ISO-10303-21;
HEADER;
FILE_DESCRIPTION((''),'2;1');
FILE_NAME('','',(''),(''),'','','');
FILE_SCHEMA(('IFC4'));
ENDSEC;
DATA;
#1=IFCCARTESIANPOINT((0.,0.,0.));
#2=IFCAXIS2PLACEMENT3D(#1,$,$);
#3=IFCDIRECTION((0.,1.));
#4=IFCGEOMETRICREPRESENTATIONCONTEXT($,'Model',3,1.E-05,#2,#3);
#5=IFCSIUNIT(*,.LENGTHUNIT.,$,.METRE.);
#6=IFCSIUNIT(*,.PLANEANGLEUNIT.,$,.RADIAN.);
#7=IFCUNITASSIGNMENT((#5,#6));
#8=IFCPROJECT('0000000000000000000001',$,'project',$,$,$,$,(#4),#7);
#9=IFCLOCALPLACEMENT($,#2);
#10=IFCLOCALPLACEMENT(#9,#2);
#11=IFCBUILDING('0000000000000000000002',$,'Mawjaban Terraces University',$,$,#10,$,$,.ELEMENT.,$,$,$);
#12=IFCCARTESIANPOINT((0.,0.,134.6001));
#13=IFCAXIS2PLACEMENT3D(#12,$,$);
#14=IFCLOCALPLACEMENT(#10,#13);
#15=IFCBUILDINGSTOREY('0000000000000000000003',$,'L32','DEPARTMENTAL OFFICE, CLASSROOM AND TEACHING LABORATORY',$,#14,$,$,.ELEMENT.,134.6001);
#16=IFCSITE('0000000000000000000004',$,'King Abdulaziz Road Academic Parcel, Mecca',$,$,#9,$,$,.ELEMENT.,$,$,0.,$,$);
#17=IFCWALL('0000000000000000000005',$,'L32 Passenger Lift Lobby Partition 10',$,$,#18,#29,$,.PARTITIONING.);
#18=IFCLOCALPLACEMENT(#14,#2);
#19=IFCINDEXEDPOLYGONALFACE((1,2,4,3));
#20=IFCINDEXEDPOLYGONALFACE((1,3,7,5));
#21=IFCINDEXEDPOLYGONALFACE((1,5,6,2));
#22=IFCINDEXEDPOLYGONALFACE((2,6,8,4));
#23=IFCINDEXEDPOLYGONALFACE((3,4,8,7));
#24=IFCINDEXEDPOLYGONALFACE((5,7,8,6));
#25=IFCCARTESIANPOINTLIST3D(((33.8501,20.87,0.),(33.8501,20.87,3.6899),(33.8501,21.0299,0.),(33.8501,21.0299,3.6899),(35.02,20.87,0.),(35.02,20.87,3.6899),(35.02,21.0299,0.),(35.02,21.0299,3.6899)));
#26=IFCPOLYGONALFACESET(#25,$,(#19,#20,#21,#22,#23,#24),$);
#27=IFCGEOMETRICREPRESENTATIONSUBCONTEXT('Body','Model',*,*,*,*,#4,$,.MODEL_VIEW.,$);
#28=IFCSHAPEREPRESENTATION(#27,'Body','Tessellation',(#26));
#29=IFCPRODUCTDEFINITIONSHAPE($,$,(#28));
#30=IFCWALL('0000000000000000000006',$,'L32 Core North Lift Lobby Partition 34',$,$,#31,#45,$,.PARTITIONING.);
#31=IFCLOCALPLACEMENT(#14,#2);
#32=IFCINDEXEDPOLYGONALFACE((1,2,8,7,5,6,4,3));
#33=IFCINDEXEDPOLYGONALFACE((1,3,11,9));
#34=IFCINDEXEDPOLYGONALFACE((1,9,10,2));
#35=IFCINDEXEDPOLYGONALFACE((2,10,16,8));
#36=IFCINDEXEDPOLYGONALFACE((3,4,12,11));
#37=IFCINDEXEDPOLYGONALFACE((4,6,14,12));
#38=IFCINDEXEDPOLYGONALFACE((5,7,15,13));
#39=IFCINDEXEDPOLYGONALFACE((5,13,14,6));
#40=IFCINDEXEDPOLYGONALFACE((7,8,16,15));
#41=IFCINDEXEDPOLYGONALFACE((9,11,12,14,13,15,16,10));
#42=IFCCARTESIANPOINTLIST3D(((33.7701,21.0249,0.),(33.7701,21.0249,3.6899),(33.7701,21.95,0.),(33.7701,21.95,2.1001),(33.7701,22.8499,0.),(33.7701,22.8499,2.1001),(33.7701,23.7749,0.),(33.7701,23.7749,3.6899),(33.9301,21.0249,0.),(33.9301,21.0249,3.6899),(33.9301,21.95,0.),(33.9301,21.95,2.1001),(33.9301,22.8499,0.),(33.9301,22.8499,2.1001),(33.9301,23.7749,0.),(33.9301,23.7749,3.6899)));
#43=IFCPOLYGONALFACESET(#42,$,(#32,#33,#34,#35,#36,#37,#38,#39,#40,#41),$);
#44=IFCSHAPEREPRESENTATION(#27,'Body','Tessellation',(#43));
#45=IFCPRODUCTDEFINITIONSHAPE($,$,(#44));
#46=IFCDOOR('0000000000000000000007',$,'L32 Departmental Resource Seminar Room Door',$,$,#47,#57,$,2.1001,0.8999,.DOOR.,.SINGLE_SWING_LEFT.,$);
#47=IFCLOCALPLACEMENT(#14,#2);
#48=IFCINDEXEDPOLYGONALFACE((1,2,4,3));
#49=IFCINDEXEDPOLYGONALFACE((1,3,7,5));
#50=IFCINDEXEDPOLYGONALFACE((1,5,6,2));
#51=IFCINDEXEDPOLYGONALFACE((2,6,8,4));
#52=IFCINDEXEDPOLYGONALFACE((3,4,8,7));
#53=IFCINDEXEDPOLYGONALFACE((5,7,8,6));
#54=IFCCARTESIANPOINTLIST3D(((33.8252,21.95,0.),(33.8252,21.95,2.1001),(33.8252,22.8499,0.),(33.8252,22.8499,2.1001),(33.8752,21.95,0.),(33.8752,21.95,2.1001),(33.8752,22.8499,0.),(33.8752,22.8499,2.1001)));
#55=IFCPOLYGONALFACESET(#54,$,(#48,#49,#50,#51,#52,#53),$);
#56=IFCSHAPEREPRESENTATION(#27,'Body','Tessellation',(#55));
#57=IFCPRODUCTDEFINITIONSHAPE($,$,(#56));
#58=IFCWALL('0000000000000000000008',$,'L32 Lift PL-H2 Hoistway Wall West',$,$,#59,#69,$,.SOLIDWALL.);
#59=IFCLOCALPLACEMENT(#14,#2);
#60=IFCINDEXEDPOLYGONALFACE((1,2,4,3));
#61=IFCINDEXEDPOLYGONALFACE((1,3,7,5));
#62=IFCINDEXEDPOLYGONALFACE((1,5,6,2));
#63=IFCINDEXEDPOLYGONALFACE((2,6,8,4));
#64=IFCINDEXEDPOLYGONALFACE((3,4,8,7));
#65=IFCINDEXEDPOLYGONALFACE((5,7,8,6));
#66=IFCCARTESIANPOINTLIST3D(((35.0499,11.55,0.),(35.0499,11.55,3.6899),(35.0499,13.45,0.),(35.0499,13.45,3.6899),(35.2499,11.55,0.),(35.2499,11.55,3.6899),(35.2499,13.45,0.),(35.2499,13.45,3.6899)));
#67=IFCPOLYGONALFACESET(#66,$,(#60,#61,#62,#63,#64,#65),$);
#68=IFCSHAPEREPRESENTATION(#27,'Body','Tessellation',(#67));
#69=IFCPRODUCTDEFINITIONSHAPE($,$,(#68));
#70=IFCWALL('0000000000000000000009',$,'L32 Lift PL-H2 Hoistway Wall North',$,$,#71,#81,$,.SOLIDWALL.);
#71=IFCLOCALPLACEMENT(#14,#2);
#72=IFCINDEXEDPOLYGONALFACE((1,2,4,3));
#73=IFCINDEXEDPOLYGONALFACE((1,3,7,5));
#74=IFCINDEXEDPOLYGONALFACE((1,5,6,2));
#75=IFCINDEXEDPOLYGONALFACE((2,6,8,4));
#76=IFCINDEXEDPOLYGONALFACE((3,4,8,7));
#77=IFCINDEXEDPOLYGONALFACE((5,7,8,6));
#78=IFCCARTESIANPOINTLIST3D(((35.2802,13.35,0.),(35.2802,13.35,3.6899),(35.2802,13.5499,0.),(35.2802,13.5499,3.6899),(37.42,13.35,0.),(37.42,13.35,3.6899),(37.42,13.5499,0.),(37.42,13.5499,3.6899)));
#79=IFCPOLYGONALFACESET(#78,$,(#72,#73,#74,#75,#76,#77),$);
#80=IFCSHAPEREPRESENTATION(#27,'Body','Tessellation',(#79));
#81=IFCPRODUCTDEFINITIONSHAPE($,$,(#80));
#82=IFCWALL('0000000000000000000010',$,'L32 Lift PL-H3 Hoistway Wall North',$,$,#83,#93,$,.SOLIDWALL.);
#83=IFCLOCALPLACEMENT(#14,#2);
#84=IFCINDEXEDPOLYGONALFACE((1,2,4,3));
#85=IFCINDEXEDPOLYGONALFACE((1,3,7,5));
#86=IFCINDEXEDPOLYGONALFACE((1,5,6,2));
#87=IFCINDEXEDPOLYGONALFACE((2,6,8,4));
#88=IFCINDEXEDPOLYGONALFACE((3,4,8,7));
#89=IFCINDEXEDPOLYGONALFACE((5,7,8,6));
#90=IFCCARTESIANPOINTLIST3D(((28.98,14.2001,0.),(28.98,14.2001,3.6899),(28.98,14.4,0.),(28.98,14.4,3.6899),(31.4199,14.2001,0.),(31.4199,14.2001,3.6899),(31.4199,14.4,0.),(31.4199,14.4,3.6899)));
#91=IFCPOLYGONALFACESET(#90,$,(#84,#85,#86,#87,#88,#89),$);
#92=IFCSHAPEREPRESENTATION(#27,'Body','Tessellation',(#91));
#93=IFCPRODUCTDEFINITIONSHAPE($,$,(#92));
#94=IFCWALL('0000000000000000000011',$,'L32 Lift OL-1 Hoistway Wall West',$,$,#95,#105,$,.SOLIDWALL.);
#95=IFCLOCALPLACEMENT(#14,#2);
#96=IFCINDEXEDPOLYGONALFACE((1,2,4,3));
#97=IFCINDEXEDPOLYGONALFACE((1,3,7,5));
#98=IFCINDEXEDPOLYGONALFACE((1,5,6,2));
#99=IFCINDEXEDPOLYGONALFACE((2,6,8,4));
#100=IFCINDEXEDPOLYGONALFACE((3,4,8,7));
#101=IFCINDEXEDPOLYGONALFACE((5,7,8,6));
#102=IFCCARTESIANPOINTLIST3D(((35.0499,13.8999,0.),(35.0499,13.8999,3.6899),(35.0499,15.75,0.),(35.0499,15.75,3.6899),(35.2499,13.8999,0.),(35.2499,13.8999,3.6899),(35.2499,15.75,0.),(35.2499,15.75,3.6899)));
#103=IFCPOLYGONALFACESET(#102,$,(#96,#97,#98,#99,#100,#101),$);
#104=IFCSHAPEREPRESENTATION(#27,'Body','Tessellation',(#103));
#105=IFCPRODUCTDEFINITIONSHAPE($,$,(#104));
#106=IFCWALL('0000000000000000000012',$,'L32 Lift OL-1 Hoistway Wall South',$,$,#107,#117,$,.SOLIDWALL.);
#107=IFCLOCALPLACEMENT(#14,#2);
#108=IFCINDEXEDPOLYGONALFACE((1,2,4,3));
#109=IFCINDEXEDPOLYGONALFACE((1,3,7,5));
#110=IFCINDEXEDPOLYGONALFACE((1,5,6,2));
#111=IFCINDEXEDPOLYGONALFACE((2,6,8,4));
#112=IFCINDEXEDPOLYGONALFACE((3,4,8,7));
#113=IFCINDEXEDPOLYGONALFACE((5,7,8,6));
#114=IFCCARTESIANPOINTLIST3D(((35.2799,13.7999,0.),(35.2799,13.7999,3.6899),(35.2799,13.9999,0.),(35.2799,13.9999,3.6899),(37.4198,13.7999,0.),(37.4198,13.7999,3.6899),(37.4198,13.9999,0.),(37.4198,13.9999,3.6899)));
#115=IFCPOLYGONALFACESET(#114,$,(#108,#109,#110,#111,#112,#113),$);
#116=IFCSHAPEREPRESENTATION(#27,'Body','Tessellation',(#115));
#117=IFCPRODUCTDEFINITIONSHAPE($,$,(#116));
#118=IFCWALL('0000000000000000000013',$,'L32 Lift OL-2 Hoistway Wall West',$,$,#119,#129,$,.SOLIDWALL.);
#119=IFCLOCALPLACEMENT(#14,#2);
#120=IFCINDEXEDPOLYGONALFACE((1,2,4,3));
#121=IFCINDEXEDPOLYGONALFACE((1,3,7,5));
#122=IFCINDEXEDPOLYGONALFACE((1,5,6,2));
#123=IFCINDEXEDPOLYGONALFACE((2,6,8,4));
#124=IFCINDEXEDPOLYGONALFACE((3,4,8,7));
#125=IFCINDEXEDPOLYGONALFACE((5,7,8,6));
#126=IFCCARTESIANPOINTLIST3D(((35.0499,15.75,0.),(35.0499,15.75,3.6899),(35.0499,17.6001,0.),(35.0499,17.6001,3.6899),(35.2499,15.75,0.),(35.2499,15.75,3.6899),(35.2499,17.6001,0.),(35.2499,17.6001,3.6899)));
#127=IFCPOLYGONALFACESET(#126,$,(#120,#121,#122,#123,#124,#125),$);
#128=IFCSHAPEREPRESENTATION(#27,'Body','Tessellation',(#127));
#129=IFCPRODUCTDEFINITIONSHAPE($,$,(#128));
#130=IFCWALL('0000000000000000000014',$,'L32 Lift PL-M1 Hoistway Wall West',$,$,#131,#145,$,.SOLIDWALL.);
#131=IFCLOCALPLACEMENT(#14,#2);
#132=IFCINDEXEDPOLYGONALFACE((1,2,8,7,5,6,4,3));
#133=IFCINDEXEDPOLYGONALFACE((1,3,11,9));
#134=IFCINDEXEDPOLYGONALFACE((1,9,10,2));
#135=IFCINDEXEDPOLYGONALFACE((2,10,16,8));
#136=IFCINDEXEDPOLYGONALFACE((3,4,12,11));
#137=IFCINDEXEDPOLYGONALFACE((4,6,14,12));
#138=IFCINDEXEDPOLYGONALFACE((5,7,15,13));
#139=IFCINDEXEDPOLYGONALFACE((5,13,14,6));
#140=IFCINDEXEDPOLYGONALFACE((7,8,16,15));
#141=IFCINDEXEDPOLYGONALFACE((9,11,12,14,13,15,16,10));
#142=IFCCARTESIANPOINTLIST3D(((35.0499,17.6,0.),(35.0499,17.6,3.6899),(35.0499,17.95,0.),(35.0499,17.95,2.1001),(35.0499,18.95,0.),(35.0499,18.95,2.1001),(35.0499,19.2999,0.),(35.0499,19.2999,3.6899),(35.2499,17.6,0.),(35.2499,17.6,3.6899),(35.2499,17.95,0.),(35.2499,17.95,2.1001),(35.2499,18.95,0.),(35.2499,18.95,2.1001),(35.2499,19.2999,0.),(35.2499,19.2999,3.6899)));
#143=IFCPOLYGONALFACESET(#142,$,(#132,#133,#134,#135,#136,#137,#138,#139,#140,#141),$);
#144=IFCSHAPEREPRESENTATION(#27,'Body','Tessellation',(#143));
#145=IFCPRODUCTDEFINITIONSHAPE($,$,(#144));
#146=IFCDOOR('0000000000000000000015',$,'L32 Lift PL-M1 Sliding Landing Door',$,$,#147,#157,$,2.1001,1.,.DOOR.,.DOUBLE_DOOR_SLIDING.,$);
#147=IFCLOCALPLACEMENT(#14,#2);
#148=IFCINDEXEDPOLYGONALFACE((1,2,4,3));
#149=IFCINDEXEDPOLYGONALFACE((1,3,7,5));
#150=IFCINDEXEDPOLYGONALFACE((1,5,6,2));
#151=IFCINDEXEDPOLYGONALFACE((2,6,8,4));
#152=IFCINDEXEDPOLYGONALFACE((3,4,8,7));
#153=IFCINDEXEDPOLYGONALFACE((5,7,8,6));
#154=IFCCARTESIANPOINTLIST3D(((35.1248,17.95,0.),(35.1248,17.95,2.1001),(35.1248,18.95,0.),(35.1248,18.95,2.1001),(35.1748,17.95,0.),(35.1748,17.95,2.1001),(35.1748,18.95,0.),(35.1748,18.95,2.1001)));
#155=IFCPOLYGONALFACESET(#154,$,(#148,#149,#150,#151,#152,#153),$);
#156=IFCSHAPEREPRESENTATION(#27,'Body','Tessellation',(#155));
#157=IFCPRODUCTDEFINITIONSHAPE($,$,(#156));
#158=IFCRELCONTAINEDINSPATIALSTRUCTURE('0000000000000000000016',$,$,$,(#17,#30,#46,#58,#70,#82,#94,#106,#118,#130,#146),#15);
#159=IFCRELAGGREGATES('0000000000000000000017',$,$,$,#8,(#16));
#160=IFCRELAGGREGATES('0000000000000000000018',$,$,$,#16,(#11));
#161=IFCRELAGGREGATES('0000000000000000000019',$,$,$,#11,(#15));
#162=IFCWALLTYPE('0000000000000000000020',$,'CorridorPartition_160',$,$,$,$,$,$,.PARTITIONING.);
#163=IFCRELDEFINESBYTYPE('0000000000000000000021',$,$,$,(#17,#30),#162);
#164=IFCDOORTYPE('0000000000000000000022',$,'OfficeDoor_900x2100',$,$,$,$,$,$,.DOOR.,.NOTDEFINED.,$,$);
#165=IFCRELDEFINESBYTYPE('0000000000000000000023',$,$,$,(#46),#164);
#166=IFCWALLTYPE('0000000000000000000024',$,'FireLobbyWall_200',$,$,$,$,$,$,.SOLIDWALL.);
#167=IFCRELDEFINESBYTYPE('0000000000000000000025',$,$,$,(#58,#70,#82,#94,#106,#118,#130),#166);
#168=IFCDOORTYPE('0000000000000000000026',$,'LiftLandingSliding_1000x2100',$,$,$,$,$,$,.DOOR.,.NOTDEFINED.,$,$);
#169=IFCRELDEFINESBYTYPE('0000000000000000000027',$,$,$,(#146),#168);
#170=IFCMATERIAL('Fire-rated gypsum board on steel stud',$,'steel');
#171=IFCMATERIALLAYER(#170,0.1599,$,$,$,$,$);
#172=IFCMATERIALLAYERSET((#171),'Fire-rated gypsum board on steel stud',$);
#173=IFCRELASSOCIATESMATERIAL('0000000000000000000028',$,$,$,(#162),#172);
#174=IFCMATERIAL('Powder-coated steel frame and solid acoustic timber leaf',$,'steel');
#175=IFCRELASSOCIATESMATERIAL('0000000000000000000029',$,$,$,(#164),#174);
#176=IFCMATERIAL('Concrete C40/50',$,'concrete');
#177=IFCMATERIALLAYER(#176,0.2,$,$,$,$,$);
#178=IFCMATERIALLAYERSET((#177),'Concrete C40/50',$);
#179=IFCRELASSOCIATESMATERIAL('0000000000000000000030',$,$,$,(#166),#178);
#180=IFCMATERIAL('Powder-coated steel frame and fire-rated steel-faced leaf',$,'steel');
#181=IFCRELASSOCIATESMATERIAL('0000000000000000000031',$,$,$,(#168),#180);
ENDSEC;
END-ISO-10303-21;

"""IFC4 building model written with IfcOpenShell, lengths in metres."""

from ifc_helpers import new_model, si_unit, direction, frame, frame_2d, origin, place, context, subcontext, project, spatial, rectangle, extrude, material, layer, layer_set, type_object, element, fill, save


model = new_model("IFC4")

# Units and contexts
model_context = context("Model", 3, precision=1e-05, world=origin(), true_north=direction((0.0, 1.0)))
body_context = subcontext(model_context, "Body", "Model", "MODEL_VIEW")
ifc_project = project(units=[si_unit("LENGTHUNIT", "METRE"), si_unit("PLANEANGLEUNIT", "RADIAN")], contexts=[model_context])

# Site, building, storey
site_placement = place(None, origin())
site = spatial("IfcSite", under=ifc_project, at=site_placement, Name="King Abdulaziz Road Academic Parcel, Mecca", CompositionType="ELEMENT", RefElevation=0.0)
building_placement = place(site_placement, origin())
building = spatial("IfcBuilding", under=site, at=building_placement, Name="Mawjaban Terraces University", CompositionType="ELEMENT")
storey_placement = place(building_placement, frame((0.0, 0.0, 134.6001)))
storey = spatial("IfcBuildingStorey", under=building, at=storey_placement, Name="L32", Description="DEPARTMENTAL OFFICE, CLASSROOM AND TEACHING LABORATORY", CompositionType="ELEMENT", Elevation=134.6001)

# Wall
ifc_material_1 = material(Name="Fire-rated gypsum board on steel stud", Category="steel")
ifc_layer_1 = layer(ifc_material_1, 0.1599)
ifc_layer_set_1 = layer_set([ifc_layer_1], Name="Fire-rated gypsum board on steel stud")
wall_type_1 = type_object("IfcWallType", Name="CorridorPartition_160", PredefinedType="PARTITIONING", material=ifc_layer_set_1)
wall_1_placement = place(storey_placement, frame((35.02, 20.95, 0.0), z_axis=(0.0, 0.0, 1.0), x_axis=(-1.0, 0.0, 0.0)))
element("IfcWall", 1, at=wall_1_placement, inside=storey, type_object=wall_type_1, Name="L32 Passenger Lift Lobby Partition 10", PredefinedType="PARTITIONING", context=body_context, shape_type="SweptSolid", body=[
    extrude(rectangle(XDim=1.1699, YDim=0.1599, at=frame_2d((0.585, 0.0))), origin(), (0.0, 0.0, 1.0), 3.6899),
])

# Wall, opening, door
wall_2_placement = place(storey_placement, frame((33.8501, 21.0249, 0.0), z_axis=(0.0, 0.0, 1.0), x_axis=(0.0, 1.0, 0.0)))
wall_2 = element("IfcWall", 2, at=wall_2_placement, inside=storey, type_object=wall_type_1, Name="L32 Core North Lift Lobby Partition 34", PredefinedType="PARTITIONING", context=body_context, shape_type="SweptSolid", body=[
    extrude(rectangle(XDim=2.75, YDim=0.1599, at=frame_2d((1.375, 0.0))), origin(), (0.0, 0.0, 1.0), 3.6899),
])
opening_1_placement = place(wall_2_placement, frame((0.925, 0.0, 0.0)))
opening_1 = element("IfcOpeningElement", 3, at=opening_1_placement, cuts=wall_2, PredefinedType="OPENING", context=body_context, shape_type="SweptSolid", body=[
    extrude(rectangle(XDim=0.8999, YDim=2.1001, at=frame_2d((0.45, 1.05))), frame((0.0, 0.0898, 0.0), z_axis=(0.0, -1.0, 0.0), x_axis=(1.0, 0.0, 0.0)), (0.0, 0.0, 1.0), 0.1799),
])
ifc_material_2 = material(Name="Powder-coated steel frame and solid acoustic timber leaf", Category="steel")
door_type_1 = type_object("IfcDoorType", Name="OfficeDoor_900x2100", OperationType="NOTDEFINED", PredefinedType="DOOR", material=ifc_material_2)
door_1_placement = place(opening_1_placement, origin())
door_1 = element("IfcDoor", 4, at=door_1_placement, inside=storey, type_object=door_type_1, Name="L32 Departmental Resource Seminar Room Door", OperationType="SINGLE_SWING_LEFT", OverallHeight=2.1001, OverallWidth=0.8999, PredefinedType="DOOR", context=body_context, shape_type="SweptSolid", body=[
    extrude(rectangle(XDim=0.8999, YDim=2.1001, at=frame_2d((0.45, 1.05))), frame((0.0, 0.0249, 0.0), z_axis=(0.0, -1.0, 0.0), x_axis=(1.0, 0.0, 0.0)), (0.0, 0.0, 1.0), 0.05),
])
fill(opening_1, door_1)

# Walls
ifc_material_3 = material(Name="Concrete C40/50", Category="concrete")
ifc_layer_2 = layer(ifc_material_3, 0.2)
ifc_layer_set_2 = layer_set([ifc_layer_2], Name="Concrete C40/50")
wall_type_2 = type_object("IfcWallType", Name="FireLobbyWall_200", PredefinedType="SOLIDWALL", material=ifc_layer_set_2)
wall_3_placement = place(storey_placement, frame((35.1499, 13.45, 0.0), z_axis=(0.0, 0.0, 1.0), x_axis=(0.0, -1.0, 0.0)))
element("IfcWall", 5, at=wall_3_placement, inside=storey, type_object=wall_type_2, Name="L32 Lift PL-H2 Hoistway Wall West", PredefinedType="SOLIDWALL", context=body_context, shape_type="SweptSolid", body=[
    extrude(rectangle(XDim=1.8999, YDim=0.2, at=frame_2d((0.95, 0.0))), origin(), (0.0, 0.0, 1.0), 3.6899),
])
wall_4_placement = place(storey_placement, frame((37.4199, 13.45, 0.0), z_axis=(0.0, 0.0, 1.0), x_axis=(-1.0, 0.0, 0.0)))
element("IfcWall", 6, at=wall_4_placement, inside=storey, type_object=wall_type_2, Name="L32 Lift PL-H2 Hoistway Wall North", PredefinedType="SOLIDWALL", context=body_context, shape_type="SweptSolid", body=[
    extrude(rectangle(XDim=2.1399, YDim=0.2, at=frame_2d((1.0698, 0.0))), origin(), (0.0, 0.0, 1.0), 3.6899),
])
wall_5_placement = place(storey_placement, frame((31.4199, 14.3, 0.0), z_axis=(0.0, 0.0, 1.0), x_axis=(-1.0, 0.0, 0.0)))
element("IfcWall", 7, at=wall_5_placement, inside=storey, type_object=wall_type_2, Name="L32 Lift PL-H3 Hoistway Wall North", PredefinedType="SOLIDWALL", context=body_context, shape_type="SweptSolid", body=[
    extrude(rectangle(XDim=2.4399, YDim=0.2, at=frame_2d((1.22, 0.0))), origin(), (0.0, 0.0, 1.0), 3.6899),
])
wall_6_placement = place(storey_placement, frame((35.1499, 15.75, 0.0), z_axis=(0.0, 0.0, 1.0), x_axis=(0.0, -1.0, 0.0)))
element("IfcWall", 8, at=wall_6_placement, inside=storey, type_object=wall_type_2, Name="L32 Lift OL-1 Hoistway Wall West", PredefinedType="SOLIDWALL", context=body_context, shape_type="SweptSolid", body=[
    extrude(rectangle(XDim=1.8501, YDim=0.2, at=frame_2d((0.925, 0.0))), origin(), (0.0, 0.0, 1.0), 3.6899),
])
wall_7_placement = place(storey_placement, frame((35.28, 13.8999, 0.0), z_axis=(0.0, 0.0, 1.0), x_axis=(1.0, 0.0, 0.0)))
element("IfcWall", 9, at=wall_7_placement, inside=storey, type_object=wall_type_2, Name="L32 Lift OL-1 Hoistway Wall South", PredefinedType="SOLIDWALL", context=body_context, shape_type="SweptSolid", body=[
    extrude(rectangle(XDim=2.1399, YDim=0.2, at=frame_2d((1.0698, 0.0))), origin(), (0.0, 0.0, 1.0), 3.6899),
])
wall_8_placement = place(storey_placement, frame((35.1499, 17.6001, 0.0), z_axis=(0.0, 0.0, 1.0), x_axis=(0.0, -1.0, 0.0)))
element("IfcWall", 10, at=wall_8_placement, inside=storey, type_object=wall_type_2, Name="L32 Lift OL-2 Hoistway Wall West", PredefinedType="SOLIDWALL", context=body_context, shape_type="SweptSolid", body=[
    extrude(rectangle(XDim=1.8501, YDim=0.2, at=frame_2d((0.925, 0.0))), origin(), (0.0, 0.0, 1.0), 3.6899),
])

# Wall, opening, door
wall_9_placement = place(storey_placement, frame((35.1499, 19.3, 0.0), z_axis=(0.0, 0.0, 1.0), x_axis=(0.0, -1.0, 0.0)))
wall_9 = element("IfcWall", 11, at=wall_9_placement, inside=storey, type_object=wall_type_2, Name="L32 Lift PL-M1 Hoistway Wall West", PredefinedType="SOLIDWALL", context=body_context, shape_type="SweptSolid", body=[
    extrude(rectangle(XDim=1.7, YDim=0.2, at=frame_2d((0.8501, 0.0))), origin(), (0.0, 0.0, 1.0), 3.6899),
])
opening_2_placement = place(wall_9_placement, frame((0.3501, 0.0, 0.0)))
opening_2 = element("IfcOpeningElement", 12, at=opening_2_placement, cuts=wall_9, PredefinedType="OPENING", context=body_context, shape_type="SweptSolid", body=[
    extrude(rectangle(XDim=1.0, YDim=2.1001, at=frame_2d((0.5, 1.05))), frame((0.0, 0.1099, 0.0), z_axis=(0.0, -1.0, 0.0), x_axis=(1.0, 0.0, 0.0)), (0.0, 0.0, 1.0), 0.22),
])
ifc_material_4 = material(Name="Powder-coated steel frame and fire-rated steel-faced leaf", Category="steel")
door_type_2 = type_object("IfcDoorType", Name="LiftLandingSliding_1000x2100", OperationType="NOTDEFINED", PredefinedType="DOOR", material=ifc_material_4)
door_2_placement = place(opening_2_placement, origin())
door_2 = element("IfcDoor", 13, at=door_2_placement, inside=storey, type_object=door_type_2, Name="L32 Lift PL-M1 Sliding Landing Door", OperationType="DOUBLE_DOOR_SLIDING", OverallHeight=2.1001, OverallWidth=1.0, PredefinedType="DOOR", context=body_context, shape_type="SweptSolid", body=[
    extrude(rectangle(XDim=1.0, YDim=2.1001, at=frame_2d((0.5, 1.05))), frame((0.0, 0.0249, 0.0), z_axis=(0.0, -1.0, 0.0), x_axis=(1.0, 0.0, 0.0)), (0.0, 0.0, 1.0), 0.05),
])
fill(opening_2, door_2)

save(model, "model.ifc")
